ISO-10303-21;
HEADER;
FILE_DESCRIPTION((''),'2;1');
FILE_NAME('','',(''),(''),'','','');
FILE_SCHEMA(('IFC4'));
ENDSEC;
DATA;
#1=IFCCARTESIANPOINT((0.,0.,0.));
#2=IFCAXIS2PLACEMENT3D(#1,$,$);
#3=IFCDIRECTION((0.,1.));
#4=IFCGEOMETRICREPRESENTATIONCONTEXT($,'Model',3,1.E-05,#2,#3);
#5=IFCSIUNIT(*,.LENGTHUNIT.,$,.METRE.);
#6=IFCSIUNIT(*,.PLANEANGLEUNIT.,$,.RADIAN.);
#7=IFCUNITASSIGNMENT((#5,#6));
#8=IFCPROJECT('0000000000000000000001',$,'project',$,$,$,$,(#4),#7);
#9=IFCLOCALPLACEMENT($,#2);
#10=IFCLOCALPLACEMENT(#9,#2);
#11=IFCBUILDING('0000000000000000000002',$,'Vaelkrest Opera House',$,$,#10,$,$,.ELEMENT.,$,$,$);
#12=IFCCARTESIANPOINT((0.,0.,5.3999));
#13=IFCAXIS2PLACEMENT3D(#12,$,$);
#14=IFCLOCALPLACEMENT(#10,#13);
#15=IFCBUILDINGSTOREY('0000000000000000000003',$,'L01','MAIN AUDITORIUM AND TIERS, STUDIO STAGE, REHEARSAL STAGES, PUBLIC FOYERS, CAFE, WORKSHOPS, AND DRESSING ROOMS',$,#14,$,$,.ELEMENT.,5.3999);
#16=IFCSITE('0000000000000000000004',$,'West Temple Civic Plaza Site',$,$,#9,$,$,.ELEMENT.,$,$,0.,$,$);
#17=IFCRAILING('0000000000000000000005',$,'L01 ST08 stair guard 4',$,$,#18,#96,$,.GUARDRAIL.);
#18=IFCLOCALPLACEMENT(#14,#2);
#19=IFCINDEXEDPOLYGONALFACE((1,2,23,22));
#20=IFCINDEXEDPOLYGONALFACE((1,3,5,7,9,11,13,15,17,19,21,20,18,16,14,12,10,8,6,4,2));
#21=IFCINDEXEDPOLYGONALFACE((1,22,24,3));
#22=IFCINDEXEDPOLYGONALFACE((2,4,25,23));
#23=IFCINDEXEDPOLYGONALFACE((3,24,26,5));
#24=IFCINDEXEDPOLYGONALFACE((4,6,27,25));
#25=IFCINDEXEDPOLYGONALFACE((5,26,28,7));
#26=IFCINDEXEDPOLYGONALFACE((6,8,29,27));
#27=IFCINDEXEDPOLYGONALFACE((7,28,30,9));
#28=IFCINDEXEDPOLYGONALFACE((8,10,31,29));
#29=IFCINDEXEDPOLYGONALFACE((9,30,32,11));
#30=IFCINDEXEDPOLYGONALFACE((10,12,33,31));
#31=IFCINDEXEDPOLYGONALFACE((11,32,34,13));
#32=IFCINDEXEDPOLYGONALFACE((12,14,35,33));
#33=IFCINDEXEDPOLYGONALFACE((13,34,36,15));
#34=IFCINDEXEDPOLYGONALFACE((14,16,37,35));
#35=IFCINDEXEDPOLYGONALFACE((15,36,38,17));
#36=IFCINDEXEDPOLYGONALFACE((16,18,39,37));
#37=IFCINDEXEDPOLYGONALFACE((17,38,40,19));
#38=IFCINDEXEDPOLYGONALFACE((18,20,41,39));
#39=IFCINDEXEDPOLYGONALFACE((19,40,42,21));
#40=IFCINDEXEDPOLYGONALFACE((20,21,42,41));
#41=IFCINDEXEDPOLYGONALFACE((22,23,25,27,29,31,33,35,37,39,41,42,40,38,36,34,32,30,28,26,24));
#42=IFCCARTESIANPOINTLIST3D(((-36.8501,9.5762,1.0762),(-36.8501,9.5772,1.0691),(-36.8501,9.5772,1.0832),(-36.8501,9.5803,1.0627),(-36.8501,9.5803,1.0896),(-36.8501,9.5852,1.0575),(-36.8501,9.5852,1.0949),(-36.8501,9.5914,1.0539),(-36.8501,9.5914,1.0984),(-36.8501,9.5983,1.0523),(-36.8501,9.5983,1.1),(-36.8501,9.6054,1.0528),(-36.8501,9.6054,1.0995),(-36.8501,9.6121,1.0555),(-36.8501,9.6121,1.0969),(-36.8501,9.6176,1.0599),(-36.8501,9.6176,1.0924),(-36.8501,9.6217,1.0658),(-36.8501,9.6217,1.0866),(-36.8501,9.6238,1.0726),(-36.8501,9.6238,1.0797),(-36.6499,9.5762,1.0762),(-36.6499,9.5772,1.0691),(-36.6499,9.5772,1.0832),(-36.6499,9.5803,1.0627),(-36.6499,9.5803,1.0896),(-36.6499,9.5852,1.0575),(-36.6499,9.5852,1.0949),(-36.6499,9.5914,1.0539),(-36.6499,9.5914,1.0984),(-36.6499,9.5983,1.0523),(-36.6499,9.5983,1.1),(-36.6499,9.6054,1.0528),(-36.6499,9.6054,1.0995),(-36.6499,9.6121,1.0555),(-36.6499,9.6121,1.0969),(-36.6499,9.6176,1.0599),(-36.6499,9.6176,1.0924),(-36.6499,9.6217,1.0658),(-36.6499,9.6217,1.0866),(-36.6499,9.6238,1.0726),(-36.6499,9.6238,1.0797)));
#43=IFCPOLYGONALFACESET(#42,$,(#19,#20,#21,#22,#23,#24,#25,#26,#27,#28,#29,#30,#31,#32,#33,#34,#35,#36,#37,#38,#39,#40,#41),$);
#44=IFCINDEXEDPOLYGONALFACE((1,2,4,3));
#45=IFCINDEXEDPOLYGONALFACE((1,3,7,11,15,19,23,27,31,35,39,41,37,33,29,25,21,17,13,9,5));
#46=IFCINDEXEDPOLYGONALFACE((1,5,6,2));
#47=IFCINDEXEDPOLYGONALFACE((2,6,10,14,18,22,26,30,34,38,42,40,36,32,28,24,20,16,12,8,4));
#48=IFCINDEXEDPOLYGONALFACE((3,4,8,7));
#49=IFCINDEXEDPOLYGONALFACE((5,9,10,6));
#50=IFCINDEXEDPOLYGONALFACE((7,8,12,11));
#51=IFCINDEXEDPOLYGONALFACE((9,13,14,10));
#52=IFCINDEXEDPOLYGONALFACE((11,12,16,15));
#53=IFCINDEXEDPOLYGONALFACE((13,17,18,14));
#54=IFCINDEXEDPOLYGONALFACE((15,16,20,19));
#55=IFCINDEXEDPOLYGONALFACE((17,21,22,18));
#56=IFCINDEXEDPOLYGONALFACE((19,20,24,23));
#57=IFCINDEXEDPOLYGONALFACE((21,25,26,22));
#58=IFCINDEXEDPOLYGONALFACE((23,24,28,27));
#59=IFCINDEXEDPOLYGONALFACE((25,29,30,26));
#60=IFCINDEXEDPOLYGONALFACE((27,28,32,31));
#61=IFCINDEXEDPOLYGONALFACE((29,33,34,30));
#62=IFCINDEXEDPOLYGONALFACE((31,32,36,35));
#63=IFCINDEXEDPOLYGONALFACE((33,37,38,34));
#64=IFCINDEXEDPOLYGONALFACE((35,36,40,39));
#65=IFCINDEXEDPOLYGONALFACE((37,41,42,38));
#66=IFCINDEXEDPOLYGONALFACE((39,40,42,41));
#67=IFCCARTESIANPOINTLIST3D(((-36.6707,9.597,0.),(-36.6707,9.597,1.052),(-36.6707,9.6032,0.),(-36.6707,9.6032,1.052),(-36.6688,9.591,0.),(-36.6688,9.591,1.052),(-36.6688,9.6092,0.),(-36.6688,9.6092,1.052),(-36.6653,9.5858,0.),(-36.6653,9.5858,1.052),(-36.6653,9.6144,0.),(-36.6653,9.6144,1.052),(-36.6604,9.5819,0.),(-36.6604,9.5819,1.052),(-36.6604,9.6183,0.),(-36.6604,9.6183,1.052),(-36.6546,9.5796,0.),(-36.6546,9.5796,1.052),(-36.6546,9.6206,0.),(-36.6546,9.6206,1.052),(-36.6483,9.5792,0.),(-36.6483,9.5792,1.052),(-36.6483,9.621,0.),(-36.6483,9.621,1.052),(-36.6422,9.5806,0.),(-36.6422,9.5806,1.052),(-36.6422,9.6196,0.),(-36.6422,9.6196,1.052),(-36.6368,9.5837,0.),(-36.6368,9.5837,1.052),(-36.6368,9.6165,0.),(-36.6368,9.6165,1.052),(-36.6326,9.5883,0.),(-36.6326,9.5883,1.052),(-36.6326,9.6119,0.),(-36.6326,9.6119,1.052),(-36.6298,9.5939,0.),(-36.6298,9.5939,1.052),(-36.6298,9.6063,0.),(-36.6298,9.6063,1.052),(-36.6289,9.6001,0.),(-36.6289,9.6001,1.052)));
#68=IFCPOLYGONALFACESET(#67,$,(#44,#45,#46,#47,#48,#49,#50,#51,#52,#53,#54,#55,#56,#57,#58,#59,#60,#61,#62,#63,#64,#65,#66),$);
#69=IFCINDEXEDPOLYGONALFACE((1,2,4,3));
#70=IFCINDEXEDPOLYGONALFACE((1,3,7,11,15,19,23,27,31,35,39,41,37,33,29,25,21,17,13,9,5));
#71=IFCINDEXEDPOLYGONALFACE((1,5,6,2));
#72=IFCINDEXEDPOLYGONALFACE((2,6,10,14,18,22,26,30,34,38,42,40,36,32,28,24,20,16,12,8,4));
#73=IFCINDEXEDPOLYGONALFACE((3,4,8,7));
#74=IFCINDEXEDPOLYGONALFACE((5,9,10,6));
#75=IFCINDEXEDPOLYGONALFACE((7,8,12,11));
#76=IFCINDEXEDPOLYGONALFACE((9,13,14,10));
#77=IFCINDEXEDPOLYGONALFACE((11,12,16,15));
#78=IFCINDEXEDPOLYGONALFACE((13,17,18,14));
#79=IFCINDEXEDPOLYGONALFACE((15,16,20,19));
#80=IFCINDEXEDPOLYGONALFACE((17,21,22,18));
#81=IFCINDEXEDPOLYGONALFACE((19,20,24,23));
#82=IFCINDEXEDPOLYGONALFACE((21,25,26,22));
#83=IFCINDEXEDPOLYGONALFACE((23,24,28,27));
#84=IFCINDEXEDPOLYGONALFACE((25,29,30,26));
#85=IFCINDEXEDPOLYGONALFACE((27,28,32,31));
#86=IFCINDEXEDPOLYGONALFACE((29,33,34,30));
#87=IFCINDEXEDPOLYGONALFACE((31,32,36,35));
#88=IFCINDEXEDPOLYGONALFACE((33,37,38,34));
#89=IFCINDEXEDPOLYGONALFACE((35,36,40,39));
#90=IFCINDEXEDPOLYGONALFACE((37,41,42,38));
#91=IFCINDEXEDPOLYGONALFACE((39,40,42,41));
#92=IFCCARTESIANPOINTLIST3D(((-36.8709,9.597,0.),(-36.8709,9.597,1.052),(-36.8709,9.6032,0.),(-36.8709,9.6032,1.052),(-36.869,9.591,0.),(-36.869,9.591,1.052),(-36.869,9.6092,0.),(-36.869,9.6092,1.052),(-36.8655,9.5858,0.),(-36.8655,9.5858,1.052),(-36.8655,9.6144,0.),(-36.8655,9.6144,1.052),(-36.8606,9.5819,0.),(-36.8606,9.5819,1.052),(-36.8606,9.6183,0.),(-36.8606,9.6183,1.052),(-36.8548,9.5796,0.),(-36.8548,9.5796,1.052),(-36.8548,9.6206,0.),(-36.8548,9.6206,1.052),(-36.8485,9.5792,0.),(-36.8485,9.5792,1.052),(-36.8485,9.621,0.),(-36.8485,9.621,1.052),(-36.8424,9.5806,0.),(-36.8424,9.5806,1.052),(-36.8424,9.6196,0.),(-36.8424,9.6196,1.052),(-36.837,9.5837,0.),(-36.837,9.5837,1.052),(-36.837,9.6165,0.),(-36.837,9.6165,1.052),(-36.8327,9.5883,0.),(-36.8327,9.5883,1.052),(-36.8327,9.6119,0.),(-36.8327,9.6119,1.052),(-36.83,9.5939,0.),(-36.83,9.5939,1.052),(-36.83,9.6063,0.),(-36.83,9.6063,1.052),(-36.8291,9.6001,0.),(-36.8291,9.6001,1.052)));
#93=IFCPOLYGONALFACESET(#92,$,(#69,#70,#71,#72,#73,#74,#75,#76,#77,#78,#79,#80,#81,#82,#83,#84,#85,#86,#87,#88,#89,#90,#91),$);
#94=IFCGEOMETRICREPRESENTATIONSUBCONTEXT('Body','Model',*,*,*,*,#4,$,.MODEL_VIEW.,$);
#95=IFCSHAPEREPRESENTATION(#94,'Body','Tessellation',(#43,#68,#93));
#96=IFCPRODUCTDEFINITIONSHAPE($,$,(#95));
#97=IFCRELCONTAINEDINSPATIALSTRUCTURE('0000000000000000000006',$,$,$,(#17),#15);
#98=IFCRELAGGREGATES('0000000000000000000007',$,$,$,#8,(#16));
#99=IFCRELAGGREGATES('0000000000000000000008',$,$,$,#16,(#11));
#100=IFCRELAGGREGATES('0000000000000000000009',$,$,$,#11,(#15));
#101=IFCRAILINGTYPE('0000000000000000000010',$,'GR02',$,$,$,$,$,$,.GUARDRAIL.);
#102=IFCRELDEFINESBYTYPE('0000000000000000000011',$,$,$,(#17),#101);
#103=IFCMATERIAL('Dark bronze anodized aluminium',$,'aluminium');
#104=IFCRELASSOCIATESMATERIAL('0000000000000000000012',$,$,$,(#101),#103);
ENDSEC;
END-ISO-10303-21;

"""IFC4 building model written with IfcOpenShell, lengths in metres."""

from ifc_helpers import new_model, si_unit, direction, frame, origin, origin_2d, place, context, subcontext, project, spatial, circle, extrude, material, type_object, element, save


model = new_model("IFC4")

# Units and contexts
model_context = context("Model", 3, precision=1e-05, world=origin(), true_north=direction((0.0, 1.0)))
body_context = subcontext(model_context, "Body", "Model", "MODEL_VIEW")
ifc_project = project(units=[si_unit("LENGTHUNIT", "METRE"), si_unit("PLANEANGLEUNIT", "RADIAN")], contexts=[model_context])

# Site, building, storey
site_placement = place(None, origin())
site = spatial("IfcSite", under=ifc_project, at=site_placement, Name="West Temple Civic Plaza Site", CompositionType="ELEMENT", RefElevation=0.0)
building_placement = place(site_placement, origin())
building = spatial("IfcBuilding", under=site, at=building_placement, Name="Vaelkrest Opera House", CompositionType="ELEMENT")
storey_placement = place(building_placement, frame((0.0, 0.0, 5.3999)))
storey = spatial("IfcBuildingStorey", under=building, at=storey_placement, Name="L01", Description="MAIN AUDITORIUM AND TIERS, STUDIO STAGE, REHEARSAL STAGES, PUBLIC FOYERS, CAFE, WORKSHOPS, AND DRESSING ROOMS", CompositionType="ELEMENT", Elevation=5.3999)

# Shared definitions
ifc_material_1 = material(Name="Dark bronze anodized aluminium", Category="aluminium")

# Railing
railing_type_1 = type_object("IfcRailingType", Name="GR02", PredefinedType="GUARDRAIL", material=ifc_material_1)
railing_1_placement = place(storey_placement, frame((-36.6499, 9.6001, 0.0)))
element("IfcRailing", 1, at=railing_1_placement, inside=storey, type_object=railing_type_1, Name="L01 ST08 stair guard 4", PredefinedType="GUARDRAIL", context=body_context, shape_type="SweptSolid", body=[
    extrude(circle(Radius=0.0239, at=origin_2d()), frame((0.0, 0.0, 1.0762), z_axis=(-1.0, 0.0, 0.0), x_axis=(0.0, -1.0, 0.0)), (0.0, 0.0, 1.0), 0.2002),
    extrude(circle(Radius=0.021, at=origin_2d()), origin(), (0.0, 0.0, 1.0), 1.052),
    extrude(circle(Radius=0.021, at=origin_2d()), frame((-0.2002, 0.0, 0.0)), (0.0, 0.0, 1.0), 1.052),
])

save(model, "model.ifc")
